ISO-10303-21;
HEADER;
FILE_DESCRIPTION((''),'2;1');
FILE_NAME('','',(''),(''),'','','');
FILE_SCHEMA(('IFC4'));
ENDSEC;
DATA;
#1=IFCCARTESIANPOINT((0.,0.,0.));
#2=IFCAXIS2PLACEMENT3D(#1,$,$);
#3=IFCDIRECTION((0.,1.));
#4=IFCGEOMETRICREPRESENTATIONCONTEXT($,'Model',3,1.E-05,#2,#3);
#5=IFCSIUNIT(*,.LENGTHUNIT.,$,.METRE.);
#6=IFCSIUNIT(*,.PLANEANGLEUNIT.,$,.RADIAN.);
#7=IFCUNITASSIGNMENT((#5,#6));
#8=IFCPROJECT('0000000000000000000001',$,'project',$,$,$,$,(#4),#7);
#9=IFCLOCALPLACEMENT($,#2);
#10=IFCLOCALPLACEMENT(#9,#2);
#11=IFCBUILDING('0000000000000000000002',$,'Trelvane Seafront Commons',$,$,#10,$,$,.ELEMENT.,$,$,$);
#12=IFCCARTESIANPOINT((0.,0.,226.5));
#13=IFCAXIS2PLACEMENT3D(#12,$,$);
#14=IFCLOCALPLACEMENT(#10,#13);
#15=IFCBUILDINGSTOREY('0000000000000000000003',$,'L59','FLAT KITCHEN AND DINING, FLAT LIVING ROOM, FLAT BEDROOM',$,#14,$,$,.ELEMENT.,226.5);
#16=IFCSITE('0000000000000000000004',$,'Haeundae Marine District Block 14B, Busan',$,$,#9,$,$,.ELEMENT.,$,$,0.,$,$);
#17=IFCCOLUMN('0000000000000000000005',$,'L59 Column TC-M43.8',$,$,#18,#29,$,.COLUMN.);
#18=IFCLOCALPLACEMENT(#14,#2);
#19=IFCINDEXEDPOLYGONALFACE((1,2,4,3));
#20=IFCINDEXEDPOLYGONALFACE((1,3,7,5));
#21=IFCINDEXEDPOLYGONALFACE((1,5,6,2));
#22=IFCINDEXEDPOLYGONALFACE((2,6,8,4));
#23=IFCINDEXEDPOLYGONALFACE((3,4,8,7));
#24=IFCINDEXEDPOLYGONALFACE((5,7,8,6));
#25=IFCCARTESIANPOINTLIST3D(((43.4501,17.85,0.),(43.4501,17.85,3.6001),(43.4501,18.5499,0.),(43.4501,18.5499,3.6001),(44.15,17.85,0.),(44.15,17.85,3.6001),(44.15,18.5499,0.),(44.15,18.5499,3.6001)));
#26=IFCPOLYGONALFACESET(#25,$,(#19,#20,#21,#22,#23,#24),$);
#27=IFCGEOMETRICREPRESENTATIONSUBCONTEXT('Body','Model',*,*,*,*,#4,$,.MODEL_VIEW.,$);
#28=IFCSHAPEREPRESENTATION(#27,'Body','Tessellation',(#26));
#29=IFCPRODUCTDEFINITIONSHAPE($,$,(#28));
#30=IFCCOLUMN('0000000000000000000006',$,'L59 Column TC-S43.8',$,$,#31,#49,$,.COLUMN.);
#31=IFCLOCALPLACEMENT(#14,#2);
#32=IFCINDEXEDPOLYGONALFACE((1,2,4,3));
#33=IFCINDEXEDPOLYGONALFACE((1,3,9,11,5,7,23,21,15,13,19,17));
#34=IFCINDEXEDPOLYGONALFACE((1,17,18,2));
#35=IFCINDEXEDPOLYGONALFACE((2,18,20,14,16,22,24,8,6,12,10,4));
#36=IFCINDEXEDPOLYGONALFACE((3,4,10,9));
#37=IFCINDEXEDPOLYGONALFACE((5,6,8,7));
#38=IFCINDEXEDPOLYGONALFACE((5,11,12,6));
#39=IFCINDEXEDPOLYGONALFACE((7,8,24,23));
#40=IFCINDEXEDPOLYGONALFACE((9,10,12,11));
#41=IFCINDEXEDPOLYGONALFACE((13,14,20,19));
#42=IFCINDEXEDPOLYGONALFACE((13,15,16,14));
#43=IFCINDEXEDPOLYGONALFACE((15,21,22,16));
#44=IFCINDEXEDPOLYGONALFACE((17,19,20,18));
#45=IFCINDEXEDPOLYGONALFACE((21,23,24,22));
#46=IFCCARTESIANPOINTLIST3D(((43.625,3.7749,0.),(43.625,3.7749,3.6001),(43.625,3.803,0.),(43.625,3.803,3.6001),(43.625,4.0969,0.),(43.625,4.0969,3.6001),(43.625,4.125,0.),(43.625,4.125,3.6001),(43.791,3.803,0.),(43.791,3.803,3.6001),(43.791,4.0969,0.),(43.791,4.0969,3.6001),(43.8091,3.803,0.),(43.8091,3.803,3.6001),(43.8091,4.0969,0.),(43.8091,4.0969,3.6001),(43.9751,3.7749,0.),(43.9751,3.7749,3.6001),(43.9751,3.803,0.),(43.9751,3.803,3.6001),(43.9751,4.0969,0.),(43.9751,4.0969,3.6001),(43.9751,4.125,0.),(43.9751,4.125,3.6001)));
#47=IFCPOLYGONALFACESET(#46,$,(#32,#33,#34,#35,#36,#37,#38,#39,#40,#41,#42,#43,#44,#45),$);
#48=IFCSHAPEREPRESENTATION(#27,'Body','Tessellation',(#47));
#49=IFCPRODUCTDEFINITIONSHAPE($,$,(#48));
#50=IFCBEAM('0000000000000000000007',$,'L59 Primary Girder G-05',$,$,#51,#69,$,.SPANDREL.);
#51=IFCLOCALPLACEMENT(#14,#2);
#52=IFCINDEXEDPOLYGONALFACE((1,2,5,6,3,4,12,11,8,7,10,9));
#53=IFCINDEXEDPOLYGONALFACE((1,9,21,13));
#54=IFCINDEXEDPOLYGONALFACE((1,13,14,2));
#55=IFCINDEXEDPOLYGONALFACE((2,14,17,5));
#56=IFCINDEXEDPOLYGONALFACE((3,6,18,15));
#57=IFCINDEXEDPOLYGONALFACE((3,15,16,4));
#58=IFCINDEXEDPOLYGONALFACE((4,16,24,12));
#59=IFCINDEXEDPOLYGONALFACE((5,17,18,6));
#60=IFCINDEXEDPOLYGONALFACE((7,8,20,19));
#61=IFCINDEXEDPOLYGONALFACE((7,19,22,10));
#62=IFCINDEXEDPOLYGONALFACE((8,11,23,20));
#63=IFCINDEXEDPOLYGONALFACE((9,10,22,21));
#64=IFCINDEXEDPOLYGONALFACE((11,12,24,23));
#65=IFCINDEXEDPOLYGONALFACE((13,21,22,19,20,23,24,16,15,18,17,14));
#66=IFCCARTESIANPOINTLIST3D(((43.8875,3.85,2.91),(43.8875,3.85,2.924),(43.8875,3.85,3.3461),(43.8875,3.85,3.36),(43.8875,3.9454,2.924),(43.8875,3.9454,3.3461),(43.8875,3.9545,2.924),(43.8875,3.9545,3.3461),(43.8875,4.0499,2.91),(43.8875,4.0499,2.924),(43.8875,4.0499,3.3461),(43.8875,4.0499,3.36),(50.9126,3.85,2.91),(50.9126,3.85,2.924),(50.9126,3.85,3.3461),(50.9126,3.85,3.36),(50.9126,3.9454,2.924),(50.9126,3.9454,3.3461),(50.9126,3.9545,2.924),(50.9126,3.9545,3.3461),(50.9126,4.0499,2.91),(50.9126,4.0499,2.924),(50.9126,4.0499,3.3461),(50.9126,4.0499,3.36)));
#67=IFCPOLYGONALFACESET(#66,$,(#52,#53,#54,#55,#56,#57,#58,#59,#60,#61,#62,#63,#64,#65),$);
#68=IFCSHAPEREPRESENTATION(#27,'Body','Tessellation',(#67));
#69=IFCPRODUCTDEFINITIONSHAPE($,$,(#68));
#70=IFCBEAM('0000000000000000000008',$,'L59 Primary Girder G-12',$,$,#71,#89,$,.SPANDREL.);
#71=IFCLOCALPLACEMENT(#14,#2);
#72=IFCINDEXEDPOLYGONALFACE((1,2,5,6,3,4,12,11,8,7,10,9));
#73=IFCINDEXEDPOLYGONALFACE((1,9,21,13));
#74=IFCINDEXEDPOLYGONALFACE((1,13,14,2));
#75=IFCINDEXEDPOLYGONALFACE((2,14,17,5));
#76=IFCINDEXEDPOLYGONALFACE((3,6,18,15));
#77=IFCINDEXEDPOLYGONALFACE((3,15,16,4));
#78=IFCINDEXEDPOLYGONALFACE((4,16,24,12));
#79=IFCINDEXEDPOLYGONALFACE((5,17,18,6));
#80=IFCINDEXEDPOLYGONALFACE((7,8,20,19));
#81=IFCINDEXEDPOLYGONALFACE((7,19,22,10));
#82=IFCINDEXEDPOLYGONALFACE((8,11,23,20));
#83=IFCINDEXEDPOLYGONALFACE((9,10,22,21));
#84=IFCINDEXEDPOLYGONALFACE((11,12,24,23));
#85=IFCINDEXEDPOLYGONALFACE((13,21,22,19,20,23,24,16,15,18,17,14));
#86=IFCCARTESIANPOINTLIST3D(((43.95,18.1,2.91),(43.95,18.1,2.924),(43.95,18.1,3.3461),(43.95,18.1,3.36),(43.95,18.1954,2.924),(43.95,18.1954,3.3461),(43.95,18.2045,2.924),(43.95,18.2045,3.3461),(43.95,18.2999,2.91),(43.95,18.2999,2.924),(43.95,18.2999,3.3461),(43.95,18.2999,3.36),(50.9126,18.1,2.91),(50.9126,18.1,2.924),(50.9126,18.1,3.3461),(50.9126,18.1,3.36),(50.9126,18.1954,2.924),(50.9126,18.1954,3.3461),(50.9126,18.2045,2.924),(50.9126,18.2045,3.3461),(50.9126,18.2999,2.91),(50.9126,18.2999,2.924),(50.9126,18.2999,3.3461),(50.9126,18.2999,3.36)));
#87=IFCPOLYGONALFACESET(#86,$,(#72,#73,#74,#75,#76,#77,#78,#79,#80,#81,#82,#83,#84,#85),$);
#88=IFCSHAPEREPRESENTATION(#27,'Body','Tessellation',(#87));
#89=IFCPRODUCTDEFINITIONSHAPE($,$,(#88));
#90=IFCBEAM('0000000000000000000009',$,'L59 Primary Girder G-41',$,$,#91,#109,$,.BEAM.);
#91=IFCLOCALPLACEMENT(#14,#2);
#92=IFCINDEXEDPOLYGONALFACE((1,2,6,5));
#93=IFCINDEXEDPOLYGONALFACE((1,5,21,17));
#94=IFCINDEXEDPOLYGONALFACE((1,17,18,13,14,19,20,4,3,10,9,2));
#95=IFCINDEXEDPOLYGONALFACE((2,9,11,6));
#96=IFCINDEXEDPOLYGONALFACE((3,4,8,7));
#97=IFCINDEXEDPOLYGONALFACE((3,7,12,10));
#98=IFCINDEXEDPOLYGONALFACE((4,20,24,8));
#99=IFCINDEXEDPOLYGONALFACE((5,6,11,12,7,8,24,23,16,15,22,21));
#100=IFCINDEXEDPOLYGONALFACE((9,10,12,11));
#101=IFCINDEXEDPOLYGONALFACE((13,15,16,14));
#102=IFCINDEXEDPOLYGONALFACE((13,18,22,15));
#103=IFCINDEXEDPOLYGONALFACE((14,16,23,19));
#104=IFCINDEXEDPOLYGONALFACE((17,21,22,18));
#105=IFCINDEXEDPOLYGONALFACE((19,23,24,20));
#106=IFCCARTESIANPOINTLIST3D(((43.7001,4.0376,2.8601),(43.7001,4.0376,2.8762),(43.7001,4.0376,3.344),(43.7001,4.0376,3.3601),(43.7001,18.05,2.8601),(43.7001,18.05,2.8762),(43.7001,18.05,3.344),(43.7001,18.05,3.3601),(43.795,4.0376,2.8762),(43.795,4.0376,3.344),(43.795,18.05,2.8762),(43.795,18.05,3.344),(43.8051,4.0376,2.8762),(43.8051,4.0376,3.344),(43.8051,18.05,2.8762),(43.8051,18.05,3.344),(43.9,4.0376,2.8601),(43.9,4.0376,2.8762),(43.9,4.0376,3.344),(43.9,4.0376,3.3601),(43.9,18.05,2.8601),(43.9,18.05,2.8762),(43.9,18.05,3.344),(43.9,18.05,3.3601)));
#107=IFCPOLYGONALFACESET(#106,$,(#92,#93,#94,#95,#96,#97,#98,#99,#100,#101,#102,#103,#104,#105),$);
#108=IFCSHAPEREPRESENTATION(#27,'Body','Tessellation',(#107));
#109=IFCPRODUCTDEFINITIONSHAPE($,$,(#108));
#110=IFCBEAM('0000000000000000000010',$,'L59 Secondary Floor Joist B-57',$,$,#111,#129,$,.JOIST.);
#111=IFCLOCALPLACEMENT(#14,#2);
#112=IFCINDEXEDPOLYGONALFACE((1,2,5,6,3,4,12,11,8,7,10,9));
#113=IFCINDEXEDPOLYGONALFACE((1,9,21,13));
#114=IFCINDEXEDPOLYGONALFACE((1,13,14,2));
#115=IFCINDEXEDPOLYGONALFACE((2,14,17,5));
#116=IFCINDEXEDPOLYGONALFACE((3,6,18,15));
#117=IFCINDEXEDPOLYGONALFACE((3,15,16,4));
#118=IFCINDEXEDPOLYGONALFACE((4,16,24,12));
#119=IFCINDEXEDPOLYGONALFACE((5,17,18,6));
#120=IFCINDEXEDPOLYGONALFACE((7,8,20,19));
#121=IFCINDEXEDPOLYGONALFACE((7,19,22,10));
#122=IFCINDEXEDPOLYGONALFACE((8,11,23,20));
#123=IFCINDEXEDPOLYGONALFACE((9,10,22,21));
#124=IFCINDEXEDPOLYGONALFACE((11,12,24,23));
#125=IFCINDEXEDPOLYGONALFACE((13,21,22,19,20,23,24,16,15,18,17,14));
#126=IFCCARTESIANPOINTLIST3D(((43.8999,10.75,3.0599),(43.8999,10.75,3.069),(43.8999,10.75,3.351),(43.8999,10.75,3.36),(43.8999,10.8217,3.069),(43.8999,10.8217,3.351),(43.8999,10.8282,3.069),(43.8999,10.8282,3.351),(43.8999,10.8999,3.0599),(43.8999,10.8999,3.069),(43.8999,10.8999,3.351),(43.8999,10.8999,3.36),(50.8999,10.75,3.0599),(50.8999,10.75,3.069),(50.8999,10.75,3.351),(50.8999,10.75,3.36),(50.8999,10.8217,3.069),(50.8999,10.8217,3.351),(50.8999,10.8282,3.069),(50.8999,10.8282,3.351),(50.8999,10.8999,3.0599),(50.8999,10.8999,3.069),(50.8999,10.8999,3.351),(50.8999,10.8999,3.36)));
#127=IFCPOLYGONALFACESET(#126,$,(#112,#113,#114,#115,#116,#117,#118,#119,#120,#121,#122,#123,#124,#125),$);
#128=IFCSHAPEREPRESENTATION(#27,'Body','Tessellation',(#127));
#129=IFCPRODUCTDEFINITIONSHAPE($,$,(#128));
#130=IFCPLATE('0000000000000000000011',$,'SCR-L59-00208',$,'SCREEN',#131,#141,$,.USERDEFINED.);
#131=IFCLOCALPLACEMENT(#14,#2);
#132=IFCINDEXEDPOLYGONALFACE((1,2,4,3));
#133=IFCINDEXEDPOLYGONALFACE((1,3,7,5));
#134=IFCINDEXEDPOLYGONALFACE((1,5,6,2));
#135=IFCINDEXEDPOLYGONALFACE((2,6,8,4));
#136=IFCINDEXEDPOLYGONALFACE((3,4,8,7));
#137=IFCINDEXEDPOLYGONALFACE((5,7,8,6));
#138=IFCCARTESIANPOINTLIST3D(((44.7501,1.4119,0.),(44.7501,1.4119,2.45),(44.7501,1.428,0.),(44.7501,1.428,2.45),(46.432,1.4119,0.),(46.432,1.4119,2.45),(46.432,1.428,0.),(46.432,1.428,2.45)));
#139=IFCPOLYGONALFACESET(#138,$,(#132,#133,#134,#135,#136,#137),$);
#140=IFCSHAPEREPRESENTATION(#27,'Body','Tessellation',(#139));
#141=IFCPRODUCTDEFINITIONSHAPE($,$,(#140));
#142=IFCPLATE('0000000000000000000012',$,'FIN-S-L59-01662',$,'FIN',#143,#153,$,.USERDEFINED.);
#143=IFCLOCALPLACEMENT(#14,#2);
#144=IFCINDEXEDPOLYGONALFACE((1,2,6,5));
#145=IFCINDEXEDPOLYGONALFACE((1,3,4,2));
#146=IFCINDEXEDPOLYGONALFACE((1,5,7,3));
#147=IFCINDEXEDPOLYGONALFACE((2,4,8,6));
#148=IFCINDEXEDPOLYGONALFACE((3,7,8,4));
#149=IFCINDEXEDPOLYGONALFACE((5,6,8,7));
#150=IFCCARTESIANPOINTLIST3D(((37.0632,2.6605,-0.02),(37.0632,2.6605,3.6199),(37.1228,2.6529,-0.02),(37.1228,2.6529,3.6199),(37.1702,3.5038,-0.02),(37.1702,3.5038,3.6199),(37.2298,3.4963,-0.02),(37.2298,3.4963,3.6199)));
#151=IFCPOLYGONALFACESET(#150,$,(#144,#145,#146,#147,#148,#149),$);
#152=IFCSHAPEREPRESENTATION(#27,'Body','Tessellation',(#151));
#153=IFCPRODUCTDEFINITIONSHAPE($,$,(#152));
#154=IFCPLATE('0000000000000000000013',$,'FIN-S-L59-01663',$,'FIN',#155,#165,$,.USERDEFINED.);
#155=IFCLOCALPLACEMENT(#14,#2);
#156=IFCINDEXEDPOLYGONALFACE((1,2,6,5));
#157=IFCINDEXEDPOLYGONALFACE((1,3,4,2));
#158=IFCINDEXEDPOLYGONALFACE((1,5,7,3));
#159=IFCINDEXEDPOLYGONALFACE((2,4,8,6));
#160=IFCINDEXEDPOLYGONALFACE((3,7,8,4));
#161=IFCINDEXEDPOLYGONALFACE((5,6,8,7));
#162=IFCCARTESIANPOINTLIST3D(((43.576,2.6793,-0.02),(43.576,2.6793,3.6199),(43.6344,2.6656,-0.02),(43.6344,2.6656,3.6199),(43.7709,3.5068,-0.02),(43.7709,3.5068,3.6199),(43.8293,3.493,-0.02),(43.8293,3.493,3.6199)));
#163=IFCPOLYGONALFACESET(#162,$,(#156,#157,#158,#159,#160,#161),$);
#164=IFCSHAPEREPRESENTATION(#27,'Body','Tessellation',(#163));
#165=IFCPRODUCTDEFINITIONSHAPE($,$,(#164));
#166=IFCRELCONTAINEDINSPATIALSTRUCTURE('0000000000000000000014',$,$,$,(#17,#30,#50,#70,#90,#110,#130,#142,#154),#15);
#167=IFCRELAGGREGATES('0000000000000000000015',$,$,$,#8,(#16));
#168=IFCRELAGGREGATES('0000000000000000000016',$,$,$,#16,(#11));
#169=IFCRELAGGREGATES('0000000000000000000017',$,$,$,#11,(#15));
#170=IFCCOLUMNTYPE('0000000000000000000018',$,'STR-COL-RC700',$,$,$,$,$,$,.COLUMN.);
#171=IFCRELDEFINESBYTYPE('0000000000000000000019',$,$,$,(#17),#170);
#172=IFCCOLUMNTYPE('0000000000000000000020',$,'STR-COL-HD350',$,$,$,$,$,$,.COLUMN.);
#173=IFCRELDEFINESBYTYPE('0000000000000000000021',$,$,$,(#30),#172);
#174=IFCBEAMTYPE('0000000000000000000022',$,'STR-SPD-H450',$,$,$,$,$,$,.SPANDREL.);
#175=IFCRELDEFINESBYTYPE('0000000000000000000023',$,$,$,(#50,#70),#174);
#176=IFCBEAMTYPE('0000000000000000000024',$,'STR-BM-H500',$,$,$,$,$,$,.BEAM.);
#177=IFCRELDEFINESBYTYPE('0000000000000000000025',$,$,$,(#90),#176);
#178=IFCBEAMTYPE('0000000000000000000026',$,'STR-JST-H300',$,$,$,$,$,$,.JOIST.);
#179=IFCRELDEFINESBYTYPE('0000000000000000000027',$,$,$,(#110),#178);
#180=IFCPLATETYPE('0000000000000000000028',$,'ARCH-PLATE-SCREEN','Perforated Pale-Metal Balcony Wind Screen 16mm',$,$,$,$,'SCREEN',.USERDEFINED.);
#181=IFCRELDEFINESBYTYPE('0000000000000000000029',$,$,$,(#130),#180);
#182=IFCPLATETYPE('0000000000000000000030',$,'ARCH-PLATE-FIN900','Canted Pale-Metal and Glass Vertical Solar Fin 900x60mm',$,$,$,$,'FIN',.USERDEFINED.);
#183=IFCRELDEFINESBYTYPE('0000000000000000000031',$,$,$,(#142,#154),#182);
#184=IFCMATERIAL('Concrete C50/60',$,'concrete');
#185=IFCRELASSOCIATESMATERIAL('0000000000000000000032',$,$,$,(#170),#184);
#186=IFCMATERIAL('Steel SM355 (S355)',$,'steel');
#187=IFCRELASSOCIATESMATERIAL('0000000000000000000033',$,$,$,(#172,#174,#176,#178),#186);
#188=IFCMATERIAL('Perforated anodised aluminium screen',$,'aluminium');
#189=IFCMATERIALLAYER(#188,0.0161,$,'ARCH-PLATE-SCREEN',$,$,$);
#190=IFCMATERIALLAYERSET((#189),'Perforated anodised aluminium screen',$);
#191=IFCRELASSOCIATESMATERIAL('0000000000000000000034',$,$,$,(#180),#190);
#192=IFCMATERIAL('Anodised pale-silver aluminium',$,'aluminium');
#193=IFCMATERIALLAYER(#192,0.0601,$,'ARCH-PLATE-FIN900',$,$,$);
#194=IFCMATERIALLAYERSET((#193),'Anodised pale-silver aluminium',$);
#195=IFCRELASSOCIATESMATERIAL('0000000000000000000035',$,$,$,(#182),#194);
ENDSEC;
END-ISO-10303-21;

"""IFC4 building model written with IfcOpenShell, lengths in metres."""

from ifc_helpers import new_model, si_unit, direction, frame, origin, origin_2d, place, context, subcontext, project, spatial, rectangle, i_section, extrude, source, transform, mapped, material, layer, layer_set, material_profile, profile_set, type_object, element, save


model = new_model("IFC4")

# Units and contexts
model_context = context("Model", 3, precision=1e-05, world=origin(), true_north=direction((0.0, 1.0)))
body_context = subcontext(model_context, "Body", "Model", "MODEL_VIEW")
ifc_project = project(units=[si_unit("LENGTHUNIT", "METRE"), si_unit("PLANEANGLEUNIT", "RADIAN")], contexts=[model_context])

# Site, building, storey
site_placement = place(None, origin())
site = spatial("IfcSite", under=ifc_project, at=site_placement, Name="Haeundae Marine District Block 14B, Busan", CompositionType="ELEMENT", RefElevation=0.0)
building_placement = place(site_placement, origin())
building = spatial("IfcBuilding", under=site, at=building_placement, Name="Trelvane Seafront Commons", CompositionType="ELEMENT")
storey_placement = place(building_placement, frame((0.0, 0.0, 226.5)))
storey = spatial("IfcBuildingStorey", under=building, at=storey_placement, Name="L59", Description="FLAT KITCHEN AND DINING, FLAT LIVING ROOM, FLAT BEDROOM", CompositionType="ELEMENT", Elevation=226.5)

# Columns
ifc_material_1 = material(Name="Concrete C50/60", Category="concrete")
ifc_material_profile_1 = material_profile(ifc_material_1, rectangle(XDim=0.7, YDim=0.7, at=origin_2d()), Name="RC-700x700")
ifc_profile_set_1 = profile_set([ifc_material_profile_1], Name="Concrete C50/60")
column_type_1 = type_object("IfcColumnType", Name="STR-COL-RC700", PredefinedType="COLUMN", material=ifc_profile_set_1)
shared_shape_1 = source(origin(), body_context, "Body", "SweptSolid", [
    extrude(rectangle(XDim=0.7, YDim=0.7, at=origin_2d()), origin(), (0.0, 0.0, 1.0), 3.6001),
])
column_1_placement = place(storey_placement, frame((43.8, 18.2, 0.0), z_axis=(0.0, 0.0, 1.0), x_axis=(1.0, 0.0, 0.0)))
element("IfcColumn", 1, at=column_1_placement, inside=storey, type_object=column_type_1, Name="L59 Column TC-M43.8", PredefinedType="COLUMN", context=body_context, shape_type="MappedRepresentation", body=[
    mapped(shared_shape_1, transform((0.0, 0.0, 0.0), x_axis=(1.0, 0.0, 0.0), y_axis=(0.0, 1.0, 0.0), z_axis=(0.0, 0.0, 1.0), scale=1.0)),
])
ifc_material_2 = material(Name="Steel SM355 (S355)", Category="steel")
ifc_material_profile_2 = material_profile(ifc_material_2, i_section(OverallWidth=0.3501, OverallDepth=0.3501, WebThickness=0.0181, FlangeThickness=0.0281, at=origin_2d()), Name="HD-350x350x18x28")
ifc_profile_set_2 = profile_set([ifc_material_profile_2], Name="Steel SM355 (S355)")
column_type_2 = type_object("IfcColumnType", Name="STR-COL-HD350", PredefinedType="COLUMN", material=ifc_profile_set_2)
shared_shape_2 = source(origin(), body_context, "Body", "SweptSolid", [
    extrude(i_section(OverallWidth=0.3501, OverallDepth=0.3501, WebThickness=0.0181, FlangeThickness=0.0281, at=origin_2d()), origin(), (0.0, 0.0, 1.0), 3.6001),
])
column_2_placement = place(storey_placement, frame((43.8, 3.95, 0.0), z_axis=(0.0, 0.0, 1.0), x_axis=(1.0, 0.0, 0.0)))
element("IfcColumn", 2, at=column_2_placement, inside=storey, type_object=column_type_2, Name="L59 Column TC-S43.8", PredefinedType="COLUMN", context=body_context, shape_type="MappedRepresentation", body=[
    mapped(shared_shape_2, transform((0.0, 0.0, 0.0), x_axis=(1.0, 0.0, 0.0), y_axis=(0.0, 1.0, 0.0), z_axis=(0.0, 0.0, 1.0), scale=1.0)),
])

# Beams
ifc_material_profile_3 = material_profile(ifc_material_2, i_section(OverallWidth=0.2, OverallDepth=0.45, WebThickness=0.009, FlangeThickness=0.0139, at=origin_2d()), Name="H-450x200x9x14")
ifc_profile_set_3 = profile_set([ifc_material_profile_3], Name="Steel SM355 (S355)")
beam_type_1 = type_object("IfcBeamType", Name="STR-SPD-H450", PredefinedType="SPANDREL", material=ifc_profile_set_3)
shared_shape_3 = source(origin(), body_context, "Body", "SweptSolid", [
    extrude(i_section(OverallWidth=0.2, OverallDepth=0.45, WebThickness=0.009, FlangeThickness=0.0139, at=origin_2d()), origin(), (0.0, 0.0, 1.0), 7.0251),
])
beam_1_placement = place(storey_placement, frame((43.8875, 3.95, 3.135), z_axis=(1.0, 0.0, 0.0), x_axis=(0.0, 1.0, 0.0)))
element("IfcBeam", 3, at=beam_1_placement, inside=storey, type_object=beam_type_1, Name="L59 Primary Girder G-05", PredefinedType="SPANDREL", context=body_context, shape_type="MappedRepresentation", body=[
    mapped(shared_shape_3, transform((0.0, 0.0, 0.0), x_axis=(1.0, 0.0, 0.0), y_axis=(0.0, 1.0, 0.0), z_axis=(0.0, 0.0, 1.0), scale=1.0)),
])
shared_shape_4 = source(origin(), body_context, "Body", "SweptSolid", [
    extrude(i_section(OverallWidth=0.2, OverallDepth=0.45, WebThickness=0.009, FlangeThickness=0.0139, at=origin_2d()), origin(), (0.0, 0.0, 1.0), 6.9626),
])
beam_2_placement = place(storey_placement, frame((43.95, 18.2, 3.135), z_axis=(1.0, 0.0, 0.0), x_axis=(0.0, 1.0, 0.0)))
element("IfcBeam", 4, at=beam_2_placement, inside=storey, type_object=beam_type_1, Name="L59 Primary Girder G-12", PredefinedType="SPANDREL", context=body_context, shape_type="MappedRepresentation", body=[
    mapped(shared_shape_4, transform((0.0, 0.0, 0.0), x_axis=(1.0, 0.0, 0.0), y_axis=(0.0, 1.0, 0.0), z_axis=(0.0, 0.0, 1.0), scale=1.0)),
])
ifc_material_profile_4 = material_profile(ifc_material_2, i_section(OverallWidth=0.2, OverallDepth=0.5, WebThickness=0.01, FlangeThickness=0.0161, at=origin_2d()), Name="H-500x200x10x16")
ifc_profile_set_4 = profile_set([ifc_material_profile_4], Name="Steel SM355 (S355)")
beam_type_2 = type_object("IfcBeamType", Name="STR-BM-H500", PredefinedType="BEAM", material=ifc_profile_set_4)
shared_shape_5 = source(origin(), body_context, "Body", "SweptSolid", [
    extrude(i_section(OverallWidth=0.2, OverallDepth=0.5, WebThickness=0.01, FlangeThickness=0.0161, at=origin_2d()), origin(), (0.0, 0.0, 1.0), 14.0125),
])
beam_3_placement = place(storey_placement, frame((43.8, 4.0376, 3.1101), z_axis=(0.0, 1.0, 0.0), x_axis=(-1.0, 0.0, 0.0)))
element("IfcBeam", 5, at=beam_3_placement, inside=storey, type_object=beam_type_2, Name="L59 Primary Girder G-41", PredefinedType="BEAM", context=body_context, shape_type="MappedRepresentation", body=[
    mapped(shared_shape_5, transform((0.0, 0.0, 0.0), x_axis=(1.0, 0.0, 0.0), y_axis=(0.0, 1.0, 0.0), z_axis=(0.0, 0.0, 1.0), scale=1.0)),
])
ifc_material_profile_5 = material_profile(ifc_material_2, i_section(OverallWidth=0.1499, OverallDepth=0.3, WebThickness=0.0066, FlangeThickness=0.009, at=origin_2d()), Name="H-300x150x6.5x9")
ifc_profile_set_5 = profile_set([ifc_material_profile_5], Name="Steel SM355 (S355)")
beam_type_3 = type_object("IfcBeamType", Name="STR-JST-H300", PredefinedType="JOIST", material=ifc_profile_set_5)
shared_shape_6 = source(origin(), body_context, "Body", "SweptSolid", [
    extrude(i_section(OverallWidth=0.1499, OverallDepth=0.3, WebThickness=0.0066, FlangeThickness=0.009, at=origin_2d()), origin(), (0.0, 0.0, 1.0), 7.0),
])
beam_4_placement = place(storey_placement, frame((43.8999, 10.825, 3.21), z_axis=(1.0, 0.0, 0.0), x_axis=(0.0, 1.0, 0.0)))
element("IfcBeam", 6, at=beam_4_placement, inside=storey, type_object=beam_type_3, Name="L59 Secondary Floor Joist B-57", PredefinedType="JOIST", context=body_context, shape_type="MappedRepresentation", body=[
    mapped(shared_shape_6, transform((0.0, 0.0, 0.0), x_axis=(1.0, 0.0, 0.0), y_axis=(0.0, 1.0, 0.0), z_axis=(0.0, 0.0, 1.0), scale=1.0)),
])

# Plates
ifc_material_3 = material(Name="Perforated anodised aluminium screen", Category="aluminium")
ifc_layer_1 = layer(ifc_material_3, 0.0161, Name="ARCH-PLATE-SCREEN")
ifc_layer_set_1 = layer_set([ifc_layer_1], Name="Perforated anodised aluminium screen")
plate_type_1 = type_object("IfcPlateType", Name="ARCH-PLATE-SCREEN", Description="Perforated Pale-Metal Balcony Wind Screen 16mm", ElementType="SCREEN", PredefinedType="USERDEFINED", material=ifc_layer_set_1)
shared_shape_7 = source(origin(), body_context, "Body", "SweptSolid", [
    extrude(rectangle(XDim=1.6819, YDim=0.0161, at=origin_2d()), origin(), (0.0, 0.0, 1.0), 2.45),
])
plate_placement = place(storey_placement, frame((45.5911, 1.4199, 0.0), z_axis=(0.0, 0.0, 1.0), x_axis=(1.0, 0.0, 0.0)))
element("IfcPlate", 7, at=plate_placement, inside=storey, type_object=plate_type_1, Name="SCR-L59-00208", ObjectType="SCREEN", PredefinedType="USERDEFINED", context=body_context, shape_type="MappedRepresentation", body=[
    mapped(shared_shape_7, transform((0.0, 0.0, 0.0), x_axis=(1.0, 0.0, 0.0), y_axis=(0.0, 1.0, 0.0), z_axis=(0.0, 0.0, 1.0), scale=1.0)),
])
ifc_material_4 = material(Name="Anodised pale-silver aluminium", Category="aluminium")
ifc_layer_2 = layer(ifc_material_4, 0.0601, Name="ARCH-PLATE-FIN900")
ifc_layer_set_2 = layer_set([ifc_layer_2], Name="Anodised pale-silver aluminium")
plate_type_2 = type_object("IfcPlateType", Name="ARCH-PLATE-FIN900", Description="Canted Pale-Metal and Glass Vertical Solar Fin 900x60mm", ElementType="FIN", PredefinedType="USERDEFINED", material=ifc_layer_set_2)
shared_shape_8 = source(origin(), body_context, "Body", "SweptSolid", [
    extrude(rectangle(XDim=0.8501, YDim=0.0601, at=origin_2d()), origin(), (0.0, 0.0, 1.0), 3.6399),
])
for number, where, z_axis, x_axis, name in (
    (8, (37.1465, 3.0784, -0.02), (0.0, 0.0, 1.0), (-0.125887, -0.992045, 0.0), "FIN-S-L59-01662"),
    (9, (43.7026, 3.0862, -0.02), (0.0, 0.0, 1.0), (-0.229282, -0.97336, 0.0), "FIN-S-L59-01663"),
):
    element("IfcPlate", number, at=place(storey_placement, frame(where, z_axis=z_axis, x_axis=x_axis)), inside=storey, type_object=plate_type_2, Name=name, ObjectType="FIN", PredefinedType="USERDEFINED", context=body_context, shape_type="MappedRepresentation", body=[
        mapped(shared_shape_8, transform((0.0, 0.0, 0.0), x_axis=(1.0, 0.0, 0.0), y_axis=(0.0, 1.0, 0.0), z_axis=(0.0, 0.0, 1.0), scale=1.0)),
    ])

save(model, "model.ifc")
